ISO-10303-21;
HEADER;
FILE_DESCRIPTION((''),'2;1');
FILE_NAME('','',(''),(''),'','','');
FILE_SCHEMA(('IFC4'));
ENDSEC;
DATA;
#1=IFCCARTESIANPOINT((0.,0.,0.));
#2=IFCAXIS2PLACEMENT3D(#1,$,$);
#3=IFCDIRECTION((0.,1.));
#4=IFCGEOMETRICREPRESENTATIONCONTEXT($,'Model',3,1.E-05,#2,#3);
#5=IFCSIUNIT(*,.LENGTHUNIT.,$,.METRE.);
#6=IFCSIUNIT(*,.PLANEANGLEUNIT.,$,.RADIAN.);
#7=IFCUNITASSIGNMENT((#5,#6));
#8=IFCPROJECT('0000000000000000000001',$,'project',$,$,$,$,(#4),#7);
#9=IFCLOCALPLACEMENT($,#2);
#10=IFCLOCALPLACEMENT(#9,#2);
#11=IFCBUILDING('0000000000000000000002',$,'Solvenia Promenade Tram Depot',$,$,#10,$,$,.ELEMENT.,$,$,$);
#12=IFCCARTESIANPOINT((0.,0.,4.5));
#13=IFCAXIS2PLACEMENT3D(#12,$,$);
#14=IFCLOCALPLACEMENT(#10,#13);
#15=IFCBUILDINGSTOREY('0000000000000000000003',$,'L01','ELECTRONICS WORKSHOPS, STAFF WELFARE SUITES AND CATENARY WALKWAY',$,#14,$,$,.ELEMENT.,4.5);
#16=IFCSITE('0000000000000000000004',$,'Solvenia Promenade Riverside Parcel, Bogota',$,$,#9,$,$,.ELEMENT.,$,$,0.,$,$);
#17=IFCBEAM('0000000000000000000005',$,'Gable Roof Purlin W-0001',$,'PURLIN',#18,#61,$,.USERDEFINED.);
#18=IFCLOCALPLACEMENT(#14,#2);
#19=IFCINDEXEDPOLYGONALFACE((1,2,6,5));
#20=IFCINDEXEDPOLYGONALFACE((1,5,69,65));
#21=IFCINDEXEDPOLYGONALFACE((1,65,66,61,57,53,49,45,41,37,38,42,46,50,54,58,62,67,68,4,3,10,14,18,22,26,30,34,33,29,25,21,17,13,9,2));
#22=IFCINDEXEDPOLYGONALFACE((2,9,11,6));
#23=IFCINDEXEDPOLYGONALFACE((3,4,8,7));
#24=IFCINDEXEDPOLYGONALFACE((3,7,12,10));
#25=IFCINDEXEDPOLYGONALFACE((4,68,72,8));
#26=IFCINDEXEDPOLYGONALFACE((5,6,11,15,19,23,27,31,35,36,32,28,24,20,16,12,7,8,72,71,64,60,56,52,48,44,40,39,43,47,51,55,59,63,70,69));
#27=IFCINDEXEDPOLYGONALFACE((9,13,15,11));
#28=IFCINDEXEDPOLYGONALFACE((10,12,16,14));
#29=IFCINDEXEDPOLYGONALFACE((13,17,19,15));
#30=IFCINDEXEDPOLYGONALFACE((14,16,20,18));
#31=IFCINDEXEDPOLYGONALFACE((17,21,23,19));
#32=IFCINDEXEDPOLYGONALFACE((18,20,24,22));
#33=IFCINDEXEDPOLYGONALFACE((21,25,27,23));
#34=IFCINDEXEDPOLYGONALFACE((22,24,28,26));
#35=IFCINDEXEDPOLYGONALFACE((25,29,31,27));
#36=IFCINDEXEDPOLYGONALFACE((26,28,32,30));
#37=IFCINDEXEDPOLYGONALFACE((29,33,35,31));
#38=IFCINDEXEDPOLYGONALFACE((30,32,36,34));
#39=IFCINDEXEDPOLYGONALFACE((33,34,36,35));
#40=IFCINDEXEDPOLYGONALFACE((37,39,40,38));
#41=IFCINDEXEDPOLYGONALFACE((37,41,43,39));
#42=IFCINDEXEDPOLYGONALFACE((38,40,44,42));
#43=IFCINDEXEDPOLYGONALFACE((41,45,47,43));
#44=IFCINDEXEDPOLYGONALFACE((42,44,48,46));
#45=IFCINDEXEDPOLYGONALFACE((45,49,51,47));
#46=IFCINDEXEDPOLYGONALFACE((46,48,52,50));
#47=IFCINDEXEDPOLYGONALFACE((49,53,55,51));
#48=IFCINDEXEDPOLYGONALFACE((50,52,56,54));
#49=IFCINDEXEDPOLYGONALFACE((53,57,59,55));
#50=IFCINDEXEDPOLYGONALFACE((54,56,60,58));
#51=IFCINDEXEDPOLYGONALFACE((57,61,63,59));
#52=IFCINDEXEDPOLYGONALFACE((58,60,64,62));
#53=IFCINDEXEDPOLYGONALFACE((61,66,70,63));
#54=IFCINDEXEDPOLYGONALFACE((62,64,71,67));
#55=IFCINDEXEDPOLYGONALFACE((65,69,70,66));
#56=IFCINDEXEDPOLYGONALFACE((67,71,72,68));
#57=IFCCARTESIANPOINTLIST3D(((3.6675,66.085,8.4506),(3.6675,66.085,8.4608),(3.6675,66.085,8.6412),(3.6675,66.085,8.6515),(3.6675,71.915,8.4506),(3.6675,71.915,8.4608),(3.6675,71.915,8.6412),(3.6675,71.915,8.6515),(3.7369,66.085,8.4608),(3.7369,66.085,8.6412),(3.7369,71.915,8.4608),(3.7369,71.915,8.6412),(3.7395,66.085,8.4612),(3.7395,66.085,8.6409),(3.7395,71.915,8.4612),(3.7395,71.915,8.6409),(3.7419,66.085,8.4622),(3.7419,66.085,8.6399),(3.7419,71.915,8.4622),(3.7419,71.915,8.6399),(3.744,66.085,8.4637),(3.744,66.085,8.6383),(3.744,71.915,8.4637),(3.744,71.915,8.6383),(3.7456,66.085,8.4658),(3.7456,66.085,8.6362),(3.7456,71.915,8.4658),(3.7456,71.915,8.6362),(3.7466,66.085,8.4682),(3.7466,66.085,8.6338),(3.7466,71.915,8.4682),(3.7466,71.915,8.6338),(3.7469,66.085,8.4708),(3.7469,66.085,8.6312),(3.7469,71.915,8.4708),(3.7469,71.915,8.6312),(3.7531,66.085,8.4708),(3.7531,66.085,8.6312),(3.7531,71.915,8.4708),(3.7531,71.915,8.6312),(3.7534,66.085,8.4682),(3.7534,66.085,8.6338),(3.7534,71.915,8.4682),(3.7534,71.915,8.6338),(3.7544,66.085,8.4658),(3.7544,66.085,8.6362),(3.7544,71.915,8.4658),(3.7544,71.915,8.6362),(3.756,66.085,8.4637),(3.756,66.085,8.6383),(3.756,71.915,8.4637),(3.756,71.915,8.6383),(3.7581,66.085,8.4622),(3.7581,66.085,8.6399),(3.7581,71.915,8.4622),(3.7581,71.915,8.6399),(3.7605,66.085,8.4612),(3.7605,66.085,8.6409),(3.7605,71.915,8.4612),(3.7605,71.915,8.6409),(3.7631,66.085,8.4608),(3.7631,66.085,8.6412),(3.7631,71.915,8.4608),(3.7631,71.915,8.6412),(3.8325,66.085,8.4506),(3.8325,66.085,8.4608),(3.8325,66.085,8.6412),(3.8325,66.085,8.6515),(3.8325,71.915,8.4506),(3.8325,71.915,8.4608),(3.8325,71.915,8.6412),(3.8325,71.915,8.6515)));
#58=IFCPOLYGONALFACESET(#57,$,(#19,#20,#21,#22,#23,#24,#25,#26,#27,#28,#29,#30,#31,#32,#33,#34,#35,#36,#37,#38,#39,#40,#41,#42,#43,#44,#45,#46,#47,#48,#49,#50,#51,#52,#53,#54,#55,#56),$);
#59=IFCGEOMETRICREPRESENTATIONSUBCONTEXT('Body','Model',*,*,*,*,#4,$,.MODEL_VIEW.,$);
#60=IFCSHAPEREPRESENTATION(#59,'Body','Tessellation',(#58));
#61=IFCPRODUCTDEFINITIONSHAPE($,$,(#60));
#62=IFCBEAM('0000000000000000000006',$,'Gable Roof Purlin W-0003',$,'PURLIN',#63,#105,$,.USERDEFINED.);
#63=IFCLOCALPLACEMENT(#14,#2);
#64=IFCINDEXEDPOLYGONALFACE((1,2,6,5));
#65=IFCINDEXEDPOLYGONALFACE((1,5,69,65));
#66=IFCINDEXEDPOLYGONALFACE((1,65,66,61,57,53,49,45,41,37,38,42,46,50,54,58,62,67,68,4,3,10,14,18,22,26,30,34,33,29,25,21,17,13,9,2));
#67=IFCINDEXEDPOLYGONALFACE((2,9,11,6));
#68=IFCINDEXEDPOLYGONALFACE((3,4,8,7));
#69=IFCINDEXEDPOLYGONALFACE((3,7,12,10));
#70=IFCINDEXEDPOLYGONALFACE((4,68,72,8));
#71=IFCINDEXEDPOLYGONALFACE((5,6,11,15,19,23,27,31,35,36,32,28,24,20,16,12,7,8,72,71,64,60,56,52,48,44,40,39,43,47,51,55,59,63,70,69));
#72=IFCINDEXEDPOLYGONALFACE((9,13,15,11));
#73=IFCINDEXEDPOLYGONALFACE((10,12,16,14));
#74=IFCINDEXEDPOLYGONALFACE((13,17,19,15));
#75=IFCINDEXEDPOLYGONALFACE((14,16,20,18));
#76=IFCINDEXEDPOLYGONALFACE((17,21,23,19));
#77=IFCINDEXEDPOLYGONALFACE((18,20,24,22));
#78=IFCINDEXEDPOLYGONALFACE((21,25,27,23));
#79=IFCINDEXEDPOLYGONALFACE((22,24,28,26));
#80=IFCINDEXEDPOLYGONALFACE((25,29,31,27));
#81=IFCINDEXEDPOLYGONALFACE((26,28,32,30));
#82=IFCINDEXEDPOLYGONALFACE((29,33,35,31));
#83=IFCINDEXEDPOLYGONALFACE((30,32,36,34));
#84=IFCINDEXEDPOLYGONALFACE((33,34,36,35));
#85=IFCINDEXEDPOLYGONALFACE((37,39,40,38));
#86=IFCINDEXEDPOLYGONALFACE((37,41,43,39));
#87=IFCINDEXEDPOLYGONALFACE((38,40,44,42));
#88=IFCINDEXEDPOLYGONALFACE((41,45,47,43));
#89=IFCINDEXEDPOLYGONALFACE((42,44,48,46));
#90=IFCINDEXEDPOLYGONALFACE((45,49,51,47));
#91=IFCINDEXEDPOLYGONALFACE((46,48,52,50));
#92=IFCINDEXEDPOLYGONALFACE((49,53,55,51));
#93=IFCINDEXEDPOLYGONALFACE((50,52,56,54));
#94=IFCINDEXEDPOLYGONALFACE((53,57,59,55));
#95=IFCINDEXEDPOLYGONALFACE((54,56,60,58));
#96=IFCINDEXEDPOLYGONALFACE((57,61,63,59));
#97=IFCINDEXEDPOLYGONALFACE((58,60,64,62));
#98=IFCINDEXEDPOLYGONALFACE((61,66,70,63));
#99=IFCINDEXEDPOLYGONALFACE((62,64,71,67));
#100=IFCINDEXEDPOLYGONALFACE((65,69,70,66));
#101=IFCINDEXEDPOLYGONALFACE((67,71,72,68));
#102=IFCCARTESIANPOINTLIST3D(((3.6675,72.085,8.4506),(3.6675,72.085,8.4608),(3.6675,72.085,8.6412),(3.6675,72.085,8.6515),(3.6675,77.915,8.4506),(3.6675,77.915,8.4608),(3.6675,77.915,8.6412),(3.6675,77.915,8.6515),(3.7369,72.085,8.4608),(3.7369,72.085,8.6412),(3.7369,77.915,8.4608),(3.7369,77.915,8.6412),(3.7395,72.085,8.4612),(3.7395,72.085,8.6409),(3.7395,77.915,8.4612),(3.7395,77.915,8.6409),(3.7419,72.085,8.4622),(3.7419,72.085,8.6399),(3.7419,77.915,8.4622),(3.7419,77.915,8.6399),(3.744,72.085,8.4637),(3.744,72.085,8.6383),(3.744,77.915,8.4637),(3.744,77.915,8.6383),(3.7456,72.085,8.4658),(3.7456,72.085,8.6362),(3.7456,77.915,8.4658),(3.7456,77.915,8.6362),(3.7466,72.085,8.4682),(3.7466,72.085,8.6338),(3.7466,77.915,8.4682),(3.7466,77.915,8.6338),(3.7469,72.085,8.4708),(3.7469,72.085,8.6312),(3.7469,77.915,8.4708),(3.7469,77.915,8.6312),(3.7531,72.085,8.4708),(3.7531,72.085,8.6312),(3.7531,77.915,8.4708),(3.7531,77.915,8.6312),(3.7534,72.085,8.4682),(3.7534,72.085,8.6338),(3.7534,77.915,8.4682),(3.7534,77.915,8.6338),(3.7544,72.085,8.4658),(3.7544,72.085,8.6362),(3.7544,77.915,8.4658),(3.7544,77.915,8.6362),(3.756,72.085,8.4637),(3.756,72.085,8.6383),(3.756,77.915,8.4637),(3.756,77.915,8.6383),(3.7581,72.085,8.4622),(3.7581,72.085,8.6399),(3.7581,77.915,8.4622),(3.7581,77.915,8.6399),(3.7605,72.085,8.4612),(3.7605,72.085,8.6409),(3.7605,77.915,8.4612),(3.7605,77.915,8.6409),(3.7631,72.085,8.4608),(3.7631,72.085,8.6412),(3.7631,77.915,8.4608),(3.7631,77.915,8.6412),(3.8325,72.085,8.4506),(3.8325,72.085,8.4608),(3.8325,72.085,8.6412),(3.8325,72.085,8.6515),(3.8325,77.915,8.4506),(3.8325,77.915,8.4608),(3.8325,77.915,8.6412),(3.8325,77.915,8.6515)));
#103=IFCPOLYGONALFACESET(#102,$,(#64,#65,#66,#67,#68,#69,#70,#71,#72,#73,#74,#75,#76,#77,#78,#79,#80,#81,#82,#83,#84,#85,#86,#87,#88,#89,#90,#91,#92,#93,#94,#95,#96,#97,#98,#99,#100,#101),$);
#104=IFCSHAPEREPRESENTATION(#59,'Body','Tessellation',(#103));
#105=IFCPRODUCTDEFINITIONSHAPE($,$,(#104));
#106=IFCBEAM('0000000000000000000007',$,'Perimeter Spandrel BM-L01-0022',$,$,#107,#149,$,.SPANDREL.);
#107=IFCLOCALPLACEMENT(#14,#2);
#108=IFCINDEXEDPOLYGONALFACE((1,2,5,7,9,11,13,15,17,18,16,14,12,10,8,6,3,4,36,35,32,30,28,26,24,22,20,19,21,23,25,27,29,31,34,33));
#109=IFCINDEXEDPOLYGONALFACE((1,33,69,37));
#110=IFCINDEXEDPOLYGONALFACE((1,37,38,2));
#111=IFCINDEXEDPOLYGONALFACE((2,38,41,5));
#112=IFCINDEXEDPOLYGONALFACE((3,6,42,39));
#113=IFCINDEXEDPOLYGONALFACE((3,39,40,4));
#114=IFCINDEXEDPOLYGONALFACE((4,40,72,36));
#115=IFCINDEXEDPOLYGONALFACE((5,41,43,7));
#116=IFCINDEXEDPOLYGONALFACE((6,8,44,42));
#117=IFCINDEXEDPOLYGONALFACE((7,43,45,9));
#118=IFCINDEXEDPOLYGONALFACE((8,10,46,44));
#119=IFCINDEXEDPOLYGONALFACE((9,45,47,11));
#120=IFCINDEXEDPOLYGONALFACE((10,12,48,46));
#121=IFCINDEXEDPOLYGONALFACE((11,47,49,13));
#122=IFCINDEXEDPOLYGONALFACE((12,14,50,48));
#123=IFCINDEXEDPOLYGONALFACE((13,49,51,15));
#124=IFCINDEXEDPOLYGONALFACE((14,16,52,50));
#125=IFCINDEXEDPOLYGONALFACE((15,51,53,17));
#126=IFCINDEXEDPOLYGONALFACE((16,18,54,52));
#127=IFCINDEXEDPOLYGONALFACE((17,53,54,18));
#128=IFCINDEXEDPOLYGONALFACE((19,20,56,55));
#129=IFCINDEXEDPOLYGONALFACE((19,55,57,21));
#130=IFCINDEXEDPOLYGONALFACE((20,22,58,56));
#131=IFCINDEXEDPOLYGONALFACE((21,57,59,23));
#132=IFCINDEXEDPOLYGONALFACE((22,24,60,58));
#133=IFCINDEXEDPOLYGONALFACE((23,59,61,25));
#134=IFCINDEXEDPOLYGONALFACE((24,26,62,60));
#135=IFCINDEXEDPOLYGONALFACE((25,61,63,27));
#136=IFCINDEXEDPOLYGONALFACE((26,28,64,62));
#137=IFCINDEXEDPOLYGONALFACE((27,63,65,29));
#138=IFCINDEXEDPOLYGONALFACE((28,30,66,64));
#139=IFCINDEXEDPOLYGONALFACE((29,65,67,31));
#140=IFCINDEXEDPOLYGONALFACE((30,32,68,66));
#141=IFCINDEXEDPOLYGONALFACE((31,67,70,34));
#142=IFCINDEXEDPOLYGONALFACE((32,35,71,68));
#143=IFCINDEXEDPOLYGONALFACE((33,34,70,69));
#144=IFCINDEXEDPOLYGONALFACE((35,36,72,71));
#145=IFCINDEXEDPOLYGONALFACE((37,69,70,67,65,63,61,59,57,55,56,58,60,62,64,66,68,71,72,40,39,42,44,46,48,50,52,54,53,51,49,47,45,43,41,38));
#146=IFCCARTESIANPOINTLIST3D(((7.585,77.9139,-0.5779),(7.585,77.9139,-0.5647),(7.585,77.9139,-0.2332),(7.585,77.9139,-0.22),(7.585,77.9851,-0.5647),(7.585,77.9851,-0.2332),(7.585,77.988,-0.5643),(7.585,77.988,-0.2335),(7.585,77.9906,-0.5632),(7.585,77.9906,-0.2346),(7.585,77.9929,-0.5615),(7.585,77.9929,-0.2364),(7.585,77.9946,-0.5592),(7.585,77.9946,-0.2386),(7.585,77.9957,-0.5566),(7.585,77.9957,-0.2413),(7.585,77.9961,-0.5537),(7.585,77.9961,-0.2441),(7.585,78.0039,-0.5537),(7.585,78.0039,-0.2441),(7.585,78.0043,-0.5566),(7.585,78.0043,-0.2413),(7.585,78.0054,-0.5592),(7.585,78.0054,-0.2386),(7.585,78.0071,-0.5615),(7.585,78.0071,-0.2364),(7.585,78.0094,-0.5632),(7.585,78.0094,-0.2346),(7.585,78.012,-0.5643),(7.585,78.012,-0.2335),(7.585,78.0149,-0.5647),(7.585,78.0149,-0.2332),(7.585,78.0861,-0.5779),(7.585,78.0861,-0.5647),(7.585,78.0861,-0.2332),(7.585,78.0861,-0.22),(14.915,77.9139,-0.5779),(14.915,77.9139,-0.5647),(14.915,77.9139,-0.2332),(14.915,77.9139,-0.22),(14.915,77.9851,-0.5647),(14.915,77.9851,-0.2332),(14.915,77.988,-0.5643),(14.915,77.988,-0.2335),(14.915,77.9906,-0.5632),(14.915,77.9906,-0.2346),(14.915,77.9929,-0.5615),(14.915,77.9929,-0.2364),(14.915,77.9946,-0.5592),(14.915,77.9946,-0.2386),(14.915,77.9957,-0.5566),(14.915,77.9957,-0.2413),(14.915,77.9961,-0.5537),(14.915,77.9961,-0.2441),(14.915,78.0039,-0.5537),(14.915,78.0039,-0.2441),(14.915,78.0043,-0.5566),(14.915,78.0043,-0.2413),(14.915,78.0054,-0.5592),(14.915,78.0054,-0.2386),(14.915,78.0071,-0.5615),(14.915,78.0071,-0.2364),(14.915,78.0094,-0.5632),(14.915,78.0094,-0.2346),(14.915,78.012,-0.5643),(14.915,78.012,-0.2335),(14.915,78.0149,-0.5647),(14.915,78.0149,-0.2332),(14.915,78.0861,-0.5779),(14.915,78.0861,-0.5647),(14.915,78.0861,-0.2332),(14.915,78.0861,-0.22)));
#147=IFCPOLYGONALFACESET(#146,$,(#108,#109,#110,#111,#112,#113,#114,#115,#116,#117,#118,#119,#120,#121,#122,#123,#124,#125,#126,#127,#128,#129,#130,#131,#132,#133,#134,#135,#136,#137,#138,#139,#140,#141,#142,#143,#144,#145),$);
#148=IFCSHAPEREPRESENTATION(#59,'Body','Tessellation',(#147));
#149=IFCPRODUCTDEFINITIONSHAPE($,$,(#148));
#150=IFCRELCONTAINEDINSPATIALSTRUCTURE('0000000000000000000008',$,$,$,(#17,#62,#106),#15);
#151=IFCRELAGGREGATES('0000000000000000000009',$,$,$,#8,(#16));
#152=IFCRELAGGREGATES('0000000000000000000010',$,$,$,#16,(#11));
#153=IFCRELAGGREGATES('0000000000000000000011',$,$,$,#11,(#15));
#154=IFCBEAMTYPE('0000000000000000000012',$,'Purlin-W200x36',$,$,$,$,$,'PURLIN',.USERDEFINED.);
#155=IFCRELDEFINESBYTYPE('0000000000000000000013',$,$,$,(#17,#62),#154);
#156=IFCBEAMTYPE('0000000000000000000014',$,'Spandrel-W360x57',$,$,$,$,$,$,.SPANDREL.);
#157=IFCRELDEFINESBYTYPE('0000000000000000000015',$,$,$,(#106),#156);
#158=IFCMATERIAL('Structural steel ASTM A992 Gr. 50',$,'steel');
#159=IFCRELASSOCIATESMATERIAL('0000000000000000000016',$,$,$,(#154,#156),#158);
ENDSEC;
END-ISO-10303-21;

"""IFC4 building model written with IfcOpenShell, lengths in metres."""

from ifc_helpers import new_model, si_unit, direction, frame, origin, origin_2d, place, context, subcontext, project, spatial, i_section, extrude, material, material_profile, profile_set, type_object, element, save


model = new_model("IFC4")

# Units and contexts
model_context = context("Model", 3, precision=1e-05, world=origin(), true_north=direction((0.0, 1.0)))
body_context = subcontext(model_context, "Body", "Model", "MODEL_VIEW")
ifc_project = project(units=[si_unit("LENGTHUNIT", "METRE"), si_unit("PLANEANGLEUNIT", "RADIAN")], contexts=[model_context])

# Site, building, storey
site_placement = place(None, origin())
site = spatial("IfcSite", under=ifc_project, at=site_placement, Name="Solvenia Promenade Riverside Parcel, Bogota", CompositionType="ELEMENT", RefElevation=0.0)
building_placement = place(site_placement, origin())
building = spatial("IfcBuilding", under=site, at=building_placement, Name="Solvenia Promenade Tram Depot", CompositionType="ELEMENT")
storey_placement = place(building_placement, frame((0.0, 0.0, 4.5)))
storey = spatial("IfcBuildingStorey", under=building, at=storey_placement, Name="L01", Description="ELECTRONICS WORKSHOPS, STAFF WELFARE SUITES AND CATENARY WALKWAY", CompositionType="ELEMENT", Elevation=4.5)

# Shared definitions
ifc_material_1 = material(Name="Structural steel ASTM A992 Gr. 50", Category="steel")

# Beams
ifc_material_profile_1 = material_profile(ifc_material_1, i_section(OverallWidth=0.165, OverallDepth=0.2009, WebThickness=0.0061, FlangeThickness=0.0103, FilletRadius=0.01, at=origin_2d()), Name="W200x36", Category="steel")
ifc_profile_set_1 = profile_set([ifc_material_profile_1], Name="Structural steel ASTM A992 Gr. 50")
beam_type_1 = type_object("IfcBeamType", Name="Purlin-W200x36", ElementType="PURLIN", PredefinedType="USERDEFINED", material=ifc_profile_set_1)
for number, where, z_axis, x_axis, name in (
    (1, (3.75, 66.085, 8.551), (0.0, 1.0, 0.0), (-1.0, 0.0, 0.0), "Gable Roof Purlin W-0001"),
    (2, (3.75, 72.085, 8.551), (0.0, 1.0, 0.0), (-1.0, 0.0, 0.0), "Gable Roof Purlin W-0003"),
):
    element("IfcBeam", number, at=place(storey_placement, frame(where, z_axis=z_axis, x_axis=x_axis)), inside=storey, type_object=beam_type_1, Name=name, ObjectType="PURLIN", PredefinedType="USERDEFINED", context=body_context, shape_type="SweptSolid", body=[
        extrude(i_section(OverallWidth=0.165, OverallDepth=0.2009, WebThickness=0.0061, FlangeThickness=0.0103, FilletRadius=0.01, at=origin_2d()), origin(), (0.0, 0.0, 1.0), 5.8301),
    ])
ifc_material_profile_2 = material_profile(ifc_material_1, i_section(OverallWidth=0.1721, OverallDepth=0.3579, WebThickness=0.0078, FlangeThickness=0.0132, FilletRadius=0.011, at=origin_2d()), Name="W360x57", Category="steel")
ifc_profile_set_2 = profile_set([ifc_material_profile_2], Name="Structural steel ASTM A992 Gr. 50")
beam_type_2 = type_object("IfcBeamType", Name="Spandrel-W360x57", PredefinedType="SPANDREL", material=ifc_profile_set_2)
beam_1_placement = place(storey_placement, frame((7.585, 78.0, -0.3989), z_axis=(1.0, 0.0, 0.0), x_axis=(0.0, 1.0, 0.0)))
element("IfcBeam", 3, at=beam_1_placement, inside=storey, type_object=beam_type_2, Name="Perimeter Spandrel BM-L01-0022", PredefinedType="SPANDREL", context=body_context, shape_type="SweptSolid", body=[
    extrude(i_section(OverallWidth=0.1721, OverallDepth=0.3579, WebThickness=0.0078, FlangeThickness=0.0132, FilletRadius=0.011, at=origin_2d()), origin(), (0.0, 0.0, 1.0), 7.3301),
])

save(model, "model.ifc")
